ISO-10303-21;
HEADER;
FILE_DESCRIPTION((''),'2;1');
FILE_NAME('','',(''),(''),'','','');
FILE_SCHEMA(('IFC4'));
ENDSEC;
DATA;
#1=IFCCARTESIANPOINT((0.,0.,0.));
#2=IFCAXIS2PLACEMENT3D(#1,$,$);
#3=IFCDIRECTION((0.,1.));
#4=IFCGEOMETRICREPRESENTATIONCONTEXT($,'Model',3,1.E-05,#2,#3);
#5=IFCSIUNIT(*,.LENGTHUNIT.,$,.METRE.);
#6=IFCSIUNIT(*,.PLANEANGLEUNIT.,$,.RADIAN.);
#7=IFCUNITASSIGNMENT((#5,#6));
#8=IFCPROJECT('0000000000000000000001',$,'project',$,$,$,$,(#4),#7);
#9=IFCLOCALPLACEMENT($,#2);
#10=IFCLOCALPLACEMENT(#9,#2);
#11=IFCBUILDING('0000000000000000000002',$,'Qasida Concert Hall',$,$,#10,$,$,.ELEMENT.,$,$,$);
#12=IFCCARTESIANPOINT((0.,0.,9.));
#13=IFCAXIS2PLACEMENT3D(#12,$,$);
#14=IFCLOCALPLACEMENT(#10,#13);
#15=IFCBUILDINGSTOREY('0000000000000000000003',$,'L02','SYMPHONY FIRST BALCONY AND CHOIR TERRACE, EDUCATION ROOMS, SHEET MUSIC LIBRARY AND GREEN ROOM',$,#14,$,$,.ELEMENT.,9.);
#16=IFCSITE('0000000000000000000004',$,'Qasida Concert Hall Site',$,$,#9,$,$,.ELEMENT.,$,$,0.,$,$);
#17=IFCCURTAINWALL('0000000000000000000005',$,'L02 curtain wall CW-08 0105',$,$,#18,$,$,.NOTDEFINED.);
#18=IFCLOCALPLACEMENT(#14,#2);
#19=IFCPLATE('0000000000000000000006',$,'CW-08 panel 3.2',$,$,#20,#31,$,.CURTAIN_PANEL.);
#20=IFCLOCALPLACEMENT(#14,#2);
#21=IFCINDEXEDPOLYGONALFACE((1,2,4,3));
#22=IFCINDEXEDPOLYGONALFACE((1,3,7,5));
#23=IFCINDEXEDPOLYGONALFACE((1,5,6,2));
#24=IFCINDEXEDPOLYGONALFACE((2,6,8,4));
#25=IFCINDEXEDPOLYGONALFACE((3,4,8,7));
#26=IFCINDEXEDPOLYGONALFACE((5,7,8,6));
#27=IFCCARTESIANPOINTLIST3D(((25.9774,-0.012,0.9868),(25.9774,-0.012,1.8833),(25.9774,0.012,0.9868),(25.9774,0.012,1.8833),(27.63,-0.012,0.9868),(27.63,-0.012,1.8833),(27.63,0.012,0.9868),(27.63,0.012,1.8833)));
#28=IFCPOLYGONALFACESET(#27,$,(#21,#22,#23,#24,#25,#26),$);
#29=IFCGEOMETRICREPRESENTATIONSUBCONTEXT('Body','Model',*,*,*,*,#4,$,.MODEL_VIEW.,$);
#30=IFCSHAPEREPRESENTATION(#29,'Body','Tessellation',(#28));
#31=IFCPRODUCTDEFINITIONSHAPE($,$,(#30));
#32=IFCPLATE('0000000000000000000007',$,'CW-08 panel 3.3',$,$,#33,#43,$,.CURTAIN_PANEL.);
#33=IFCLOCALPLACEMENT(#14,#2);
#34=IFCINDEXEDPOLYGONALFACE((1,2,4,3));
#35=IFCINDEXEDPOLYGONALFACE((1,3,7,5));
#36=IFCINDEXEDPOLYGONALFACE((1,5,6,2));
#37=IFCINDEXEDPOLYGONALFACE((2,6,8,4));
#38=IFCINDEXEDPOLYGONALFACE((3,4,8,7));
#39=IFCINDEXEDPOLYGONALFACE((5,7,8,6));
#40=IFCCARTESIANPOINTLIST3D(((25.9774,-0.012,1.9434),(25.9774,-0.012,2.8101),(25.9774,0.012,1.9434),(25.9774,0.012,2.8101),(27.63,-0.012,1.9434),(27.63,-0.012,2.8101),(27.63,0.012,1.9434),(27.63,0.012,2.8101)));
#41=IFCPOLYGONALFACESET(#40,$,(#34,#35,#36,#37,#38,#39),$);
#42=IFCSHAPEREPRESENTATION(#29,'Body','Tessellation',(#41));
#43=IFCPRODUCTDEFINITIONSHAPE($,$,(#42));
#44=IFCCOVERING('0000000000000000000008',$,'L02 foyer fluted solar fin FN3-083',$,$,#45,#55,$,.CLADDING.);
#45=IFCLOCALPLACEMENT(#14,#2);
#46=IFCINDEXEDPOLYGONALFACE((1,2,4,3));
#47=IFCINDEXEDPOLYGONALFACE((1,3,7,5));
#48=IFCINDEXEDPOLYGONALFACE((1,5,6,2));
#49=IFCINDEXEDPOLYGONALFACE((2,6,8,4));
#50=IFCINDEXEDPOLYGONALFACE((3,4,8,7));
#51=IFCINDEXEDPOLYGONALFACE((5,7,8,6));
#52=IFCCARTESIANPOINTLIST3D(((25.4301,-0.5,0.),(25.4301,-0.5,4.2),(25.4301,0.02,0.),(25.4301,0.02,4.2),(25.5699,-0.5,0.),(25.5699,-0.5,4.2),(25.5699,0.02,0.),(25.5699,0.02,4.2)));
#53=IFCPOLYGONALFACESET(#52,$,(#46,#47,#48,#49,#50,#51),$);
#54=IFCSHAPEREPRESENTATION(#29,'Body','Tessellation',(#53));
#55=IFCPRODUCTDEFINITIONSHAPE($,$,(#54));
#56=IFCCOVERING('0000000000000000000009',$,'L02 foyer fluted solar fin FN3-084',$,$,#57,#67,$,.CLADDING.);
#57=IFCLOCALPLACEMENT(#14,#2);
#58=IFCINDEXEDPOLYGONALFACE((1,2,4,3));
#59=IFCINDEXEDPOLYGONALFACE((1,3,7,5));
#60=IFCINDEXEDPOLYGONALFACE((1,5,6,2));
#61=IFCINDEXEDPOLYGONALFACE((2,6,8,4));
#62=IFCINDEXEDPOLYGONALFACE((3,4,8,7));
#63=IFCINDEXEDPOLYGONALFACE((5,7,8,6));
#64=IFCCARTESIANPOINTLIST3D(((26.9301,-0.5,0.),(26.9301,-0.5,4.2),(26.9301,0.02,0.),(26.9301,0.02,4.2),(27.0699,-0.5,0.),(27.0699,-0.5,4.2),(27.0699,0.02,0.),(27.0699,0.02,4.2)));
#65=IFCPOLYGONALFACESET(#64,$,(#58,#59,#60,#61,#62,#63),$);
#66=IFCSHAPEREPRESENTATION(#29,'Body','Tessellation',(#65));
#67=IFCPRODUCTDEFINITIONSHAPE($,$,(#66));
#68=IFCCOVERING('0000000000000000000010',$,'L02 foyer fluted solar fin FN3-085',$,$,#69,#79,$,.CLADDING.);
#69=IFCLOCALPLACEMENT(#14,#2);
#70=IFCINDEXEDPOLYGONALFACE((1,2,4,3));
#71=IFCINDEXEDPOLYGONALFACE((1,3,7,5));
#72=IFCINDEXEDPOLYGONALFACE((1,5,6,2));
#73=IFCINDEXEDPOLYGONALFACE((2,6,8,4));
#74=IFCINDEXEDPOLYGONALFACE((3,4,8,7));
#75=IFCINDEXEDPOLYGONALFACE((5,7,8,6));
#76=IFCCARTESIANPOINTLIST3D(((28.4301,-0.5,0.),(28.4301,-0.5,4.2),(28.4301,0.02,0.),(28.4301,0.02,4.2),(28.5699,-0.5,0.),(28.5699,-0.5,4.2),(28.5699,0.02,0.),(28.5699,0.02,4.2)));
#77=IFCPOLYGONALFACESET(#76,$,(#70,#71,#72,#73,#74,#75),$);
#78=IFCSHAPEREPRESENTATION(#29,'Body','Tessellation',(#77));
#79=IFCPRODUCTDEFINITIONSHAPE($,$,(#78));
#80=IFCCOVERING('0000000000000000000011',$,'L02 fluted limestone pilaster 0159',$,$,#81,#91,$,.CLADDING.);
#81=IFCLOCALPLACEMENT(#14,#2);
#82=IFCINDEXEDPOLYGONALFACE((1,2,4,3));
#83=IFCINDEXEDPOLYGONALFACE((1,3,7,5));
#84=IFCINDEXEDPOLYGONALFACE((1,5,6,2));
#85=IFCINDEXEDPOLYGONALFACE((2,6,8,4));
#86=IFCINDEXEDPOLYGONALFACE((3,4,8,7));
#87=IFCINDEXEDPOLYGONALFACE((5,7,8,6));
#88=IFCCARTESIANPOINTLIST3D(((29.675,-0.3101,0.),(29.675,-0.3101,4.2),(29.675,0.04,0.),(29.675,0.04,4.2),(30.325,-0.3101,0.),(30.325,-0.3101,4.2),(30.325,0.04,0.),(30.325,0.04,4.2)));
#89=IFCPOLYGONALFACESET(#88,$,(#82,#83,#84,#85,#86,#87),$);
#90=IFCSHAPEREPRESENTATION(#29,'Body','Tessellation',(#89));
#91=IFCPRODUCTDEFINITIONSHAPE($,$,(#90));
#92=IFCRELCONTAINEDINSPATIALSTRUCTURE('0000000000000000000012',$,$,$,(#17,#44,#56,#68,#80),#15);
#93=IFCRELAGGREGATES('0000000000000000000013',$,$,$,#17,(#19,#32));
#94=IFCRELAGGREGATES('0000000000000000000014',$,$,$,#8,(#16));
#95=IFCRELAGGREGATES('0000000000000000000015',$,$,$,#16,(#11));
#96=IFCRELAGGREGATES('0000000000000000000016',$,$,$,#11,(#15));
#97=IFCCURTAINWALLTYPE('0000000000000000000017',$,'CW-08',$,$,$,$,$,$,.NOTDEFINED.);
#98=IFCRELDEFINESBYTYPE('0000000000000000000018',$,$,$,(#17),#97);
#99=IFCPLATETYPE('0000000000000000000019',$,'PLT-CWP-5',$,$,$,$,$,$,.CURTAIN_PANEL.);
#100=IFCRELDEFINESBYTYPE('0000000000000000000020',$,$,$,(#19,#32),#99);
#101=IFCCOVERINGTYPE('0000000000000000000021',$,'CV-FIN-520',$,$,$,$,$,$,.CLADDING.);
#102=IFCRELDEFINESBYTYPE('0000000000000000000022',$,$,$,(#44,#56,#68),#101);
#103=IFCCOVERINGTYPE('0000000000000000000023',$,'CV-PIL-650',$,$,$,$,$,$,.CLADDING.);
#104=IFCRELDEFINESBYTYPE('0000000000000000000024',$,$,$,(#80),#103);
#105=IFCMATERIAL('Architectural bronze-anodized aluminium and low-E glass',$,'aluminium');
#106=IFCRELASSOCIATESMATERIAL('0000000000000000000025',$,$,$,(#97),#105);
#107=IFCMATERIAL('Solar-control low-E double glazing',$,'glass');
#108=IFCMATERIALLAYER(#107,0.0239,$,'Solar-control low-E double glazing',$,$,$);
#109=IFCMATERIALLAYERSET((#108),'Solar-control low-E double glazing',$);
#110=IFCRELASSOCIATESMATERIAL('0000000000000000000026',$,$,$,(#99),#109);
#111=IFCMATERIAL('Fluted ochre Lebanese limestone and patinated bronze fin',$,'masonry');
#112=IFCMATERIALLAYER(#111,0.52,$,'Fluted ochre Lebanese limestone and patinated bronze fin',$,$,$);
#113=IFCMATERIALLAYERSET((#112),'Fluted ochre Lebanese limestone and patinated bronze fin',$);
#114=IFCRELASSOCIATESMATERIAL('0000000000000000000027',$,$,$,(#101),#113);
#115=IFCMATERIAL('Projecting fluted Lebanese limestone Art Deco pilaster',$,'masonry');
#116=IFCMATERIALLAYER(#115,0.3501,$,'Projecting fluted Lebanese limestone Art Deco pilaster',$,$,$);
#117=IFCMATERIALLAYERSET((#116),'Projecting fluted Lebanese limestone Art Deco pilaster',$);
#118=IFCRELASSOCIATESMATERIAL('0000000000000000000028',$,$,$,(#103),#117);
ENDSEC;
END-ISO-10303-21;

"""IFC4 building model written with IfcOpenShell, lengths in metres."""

from ifc_helpers import new_model, si_unit, direction, frame, origin, origin_2d, place, context, subcontext, project, spatial, rectangle, extrude, material, layer, layer_set, type_object, element, aggregate, save


model = new_model("IFC4")

# Units and contexts
model_context = context("Model", 3, precision=1e-05, world=origin(), true_north=direction((0.0, 1.0)))
body_context = subcontext(model_context, "Body", "Model", "MODEL_VIEW")
ifc_project = project(units=[si_unit("LENGTHUNIT", "METRE"), si_unit("PLANEANGLEUNIT", "RADIAN")], contexts=[model_context])

# Site, building, storey
site_placement = place(None, origin())
site = spatial("IfcSite", under=ifc_project, at=site_placement, Name="Qasida Concert Hall Site", CompositionType="ELEMENT", RefElevation=0.0)
building_placement = place(site_placement, origin())
building = spatial("IfcBuilding", under=site, at=building_placement, Name="Qasida Concert Hall", CompositionType="ELEMENT")
storey_placement = place(building_placement, frame((0.0, 0.0, 9.0)))
storey = spatial("IfcBuildingStorey", under=building, at=storey_placement, Name="L02", Description="SYMPHONY FIRST BALCONY AND CHOIR TERRACE, EDUCATION ROOMS, SHEET MUSIC LIBRARY AND GREEN ROOM", CompositionType="ELEMENT", Elevation=9.0)

# Curtain wall, plates
ifc_material_1 = material(Name="Architectural bronze-anodized aluminium and low-E glass", Category="aluminium")
curtain_wall_type = type_object("IfcCurtainWallType", Name="CW-08", PredefinedType="NOTDEFINED", material=ifc_material_1)
curtain_wall_placement = place(storey_placement, origin())
curtain_wall = element("IfcCurtainWall", 1, at=curtain_wall_placement, inside=storey, type_object=curtain_wall_type, Name="L02 curtain wall CW-08 0105", PredefinedType="NOTDEFINED")
ifc_material_2 = material(Name="Solar-control low-E double glazing", Category="glass")
ifc_layer_1 = layer(ifc_material_2, 0.0239, Name="Solar-control low-E double glazing")
ifc_layer_set_1 = layer_set([ifc_layer_1], Name="Solar-control low-E double glazing")
plate_type = type_object("IfcPlateType", Name="PLT-CWP-5", PredefinedType="CURTAIN_PANEL", material=ifc_layer_set_1)
plate_1_placement = place(storey_placement, frame((26.8037, 0.0, 0.9868), z_axis=(0.0, 0.0, 1.0), x_axis=(1.0, 0.0, 0.0)))
plate_1 = element("IfcPlate", 2, at=plate_1_placement, type_object=plate_type, Name="CW-08 panel 3.2", PredefinedType="CURTAIN_PANEL", context=body_context, shape_type="SweptSolid", body=[
    extrude(rectangle(XDim=1.6526, YDim=0.0239, at=origin_2d()), origin(), (0.0, 0.0, 1.0), 0.8965),
])
plate_2_placement = place(storey_placement, frame((26.8037, 0.0, 1.9434), z_axis=(0.0, 0.0, 1.0), x_axis=(1.0, 0.0, 0.0)))
plate_2 = element("IfcPlate", 3, at=plate_2_placement, type_object=plate_type, Name="CW-08 panel 3.3", PredefinedType="CURTAIN_PANEL", context=body_context, shape_type="SweptSolid", body=[
    extrude(rectangle(XDim=1.6526, YDim=0.0239, at=origin_2d()), origin(), (0.0, 0.0, 1.0), 0.8667),
])
aggregate(curtain_wall, [plate_1, plate_2])

# Coverings
ifc_material_3 = material(Name="Fluted ochre Lebanese limestone and patinated bronze fin", Category="masonry")
ifc_layer_2 = layer(ifc_material_3, 0.52, Name="Fluted ochre Lebanese limestone and patinated bronze fin")
ifc_layer_set_2 = layer_set([ifc_layer_2], Name="Fluted ochre Lebanese limestone and patinated bronze fin")
covering_type_1 = type_object("IfcCoveringType", Name="CV-FIN-520", PredefinedType="CLADDING", material=ifc_layer_set_2)
for number, where, z_axis, x_axis, name in (
    (4, (25.5, -0.24, 0.0), (0.0, 0.0, 1.0), (1.0, 0.0, 0.0), "L02 foyer fluted solar fin FN3-083"),
    (5, (27.0, -0.24, 0.0), (0.0, 0.0, 1.0), (1.0, 0.0, 0.0), "L02 foyer fluted solar fin FN3-084"),
    (6, (28.5, -0.24, 0.0), (0.0, 0.0, 1.0), (1.0, 0.0, 0.0), "L02 foyer fluted solar fin FN3-085"),
):
    element("IfcCovering", number, at=place(storey_placement, frame(where, z_axis=z_axis, x_axis=x_axis)), inside=storey, type_object=covering_type_1, Name=name, PredefinedType="CLADDING", context=body_context, shape_type="SweptSolid", body=[
        extrude(rectangle(XDim=0.1399, YDim=0.52, at=origin_2d()), origin(), (0.0, 0.0, 1.0), 4.2),
    ])
ifc_material_4 = material(Name="Projecting fluted Lebanese limestone Art Deco pilaster", Category="masonry")
ifc_layer_3 = layer(ifc_material_4, 0.3501, Name="Projecting fluted Lebanese limestone Art Deco pilaster")
ifc_layer_set_3 = layer_set([ifc_layer_3], Name="Projecting fluted Lebanese limestone Art Deco pilaster")
covering_type_2 = type_object("IfcCoveringType", Name="CV-PIL-650", PredefinedType="CLADDING", material=ifc_layer_set_3)
covering_placement = place(storey_placement, frame((30.0, -0.135, 0.0), z_axis=(0.0, 0.0, 1.0), x_axis=(1.0, 0.0, 0.0)))
element("IfcCovering", 7, at=covering_placement, inside=storey, type_object=covering_type_2, Name="L02 fluted limestone pilaster 0159", PredefinedType="CLADDING", context=body_context, shape_type="SweptSolid", body=[
    extrude(rectangle(XDim=0.6499, YDim=0.3501, at=origin_2d()), origin(), (0.0, 0.0, 1.0), 4.2),
])

save(model, "model.ifc")
